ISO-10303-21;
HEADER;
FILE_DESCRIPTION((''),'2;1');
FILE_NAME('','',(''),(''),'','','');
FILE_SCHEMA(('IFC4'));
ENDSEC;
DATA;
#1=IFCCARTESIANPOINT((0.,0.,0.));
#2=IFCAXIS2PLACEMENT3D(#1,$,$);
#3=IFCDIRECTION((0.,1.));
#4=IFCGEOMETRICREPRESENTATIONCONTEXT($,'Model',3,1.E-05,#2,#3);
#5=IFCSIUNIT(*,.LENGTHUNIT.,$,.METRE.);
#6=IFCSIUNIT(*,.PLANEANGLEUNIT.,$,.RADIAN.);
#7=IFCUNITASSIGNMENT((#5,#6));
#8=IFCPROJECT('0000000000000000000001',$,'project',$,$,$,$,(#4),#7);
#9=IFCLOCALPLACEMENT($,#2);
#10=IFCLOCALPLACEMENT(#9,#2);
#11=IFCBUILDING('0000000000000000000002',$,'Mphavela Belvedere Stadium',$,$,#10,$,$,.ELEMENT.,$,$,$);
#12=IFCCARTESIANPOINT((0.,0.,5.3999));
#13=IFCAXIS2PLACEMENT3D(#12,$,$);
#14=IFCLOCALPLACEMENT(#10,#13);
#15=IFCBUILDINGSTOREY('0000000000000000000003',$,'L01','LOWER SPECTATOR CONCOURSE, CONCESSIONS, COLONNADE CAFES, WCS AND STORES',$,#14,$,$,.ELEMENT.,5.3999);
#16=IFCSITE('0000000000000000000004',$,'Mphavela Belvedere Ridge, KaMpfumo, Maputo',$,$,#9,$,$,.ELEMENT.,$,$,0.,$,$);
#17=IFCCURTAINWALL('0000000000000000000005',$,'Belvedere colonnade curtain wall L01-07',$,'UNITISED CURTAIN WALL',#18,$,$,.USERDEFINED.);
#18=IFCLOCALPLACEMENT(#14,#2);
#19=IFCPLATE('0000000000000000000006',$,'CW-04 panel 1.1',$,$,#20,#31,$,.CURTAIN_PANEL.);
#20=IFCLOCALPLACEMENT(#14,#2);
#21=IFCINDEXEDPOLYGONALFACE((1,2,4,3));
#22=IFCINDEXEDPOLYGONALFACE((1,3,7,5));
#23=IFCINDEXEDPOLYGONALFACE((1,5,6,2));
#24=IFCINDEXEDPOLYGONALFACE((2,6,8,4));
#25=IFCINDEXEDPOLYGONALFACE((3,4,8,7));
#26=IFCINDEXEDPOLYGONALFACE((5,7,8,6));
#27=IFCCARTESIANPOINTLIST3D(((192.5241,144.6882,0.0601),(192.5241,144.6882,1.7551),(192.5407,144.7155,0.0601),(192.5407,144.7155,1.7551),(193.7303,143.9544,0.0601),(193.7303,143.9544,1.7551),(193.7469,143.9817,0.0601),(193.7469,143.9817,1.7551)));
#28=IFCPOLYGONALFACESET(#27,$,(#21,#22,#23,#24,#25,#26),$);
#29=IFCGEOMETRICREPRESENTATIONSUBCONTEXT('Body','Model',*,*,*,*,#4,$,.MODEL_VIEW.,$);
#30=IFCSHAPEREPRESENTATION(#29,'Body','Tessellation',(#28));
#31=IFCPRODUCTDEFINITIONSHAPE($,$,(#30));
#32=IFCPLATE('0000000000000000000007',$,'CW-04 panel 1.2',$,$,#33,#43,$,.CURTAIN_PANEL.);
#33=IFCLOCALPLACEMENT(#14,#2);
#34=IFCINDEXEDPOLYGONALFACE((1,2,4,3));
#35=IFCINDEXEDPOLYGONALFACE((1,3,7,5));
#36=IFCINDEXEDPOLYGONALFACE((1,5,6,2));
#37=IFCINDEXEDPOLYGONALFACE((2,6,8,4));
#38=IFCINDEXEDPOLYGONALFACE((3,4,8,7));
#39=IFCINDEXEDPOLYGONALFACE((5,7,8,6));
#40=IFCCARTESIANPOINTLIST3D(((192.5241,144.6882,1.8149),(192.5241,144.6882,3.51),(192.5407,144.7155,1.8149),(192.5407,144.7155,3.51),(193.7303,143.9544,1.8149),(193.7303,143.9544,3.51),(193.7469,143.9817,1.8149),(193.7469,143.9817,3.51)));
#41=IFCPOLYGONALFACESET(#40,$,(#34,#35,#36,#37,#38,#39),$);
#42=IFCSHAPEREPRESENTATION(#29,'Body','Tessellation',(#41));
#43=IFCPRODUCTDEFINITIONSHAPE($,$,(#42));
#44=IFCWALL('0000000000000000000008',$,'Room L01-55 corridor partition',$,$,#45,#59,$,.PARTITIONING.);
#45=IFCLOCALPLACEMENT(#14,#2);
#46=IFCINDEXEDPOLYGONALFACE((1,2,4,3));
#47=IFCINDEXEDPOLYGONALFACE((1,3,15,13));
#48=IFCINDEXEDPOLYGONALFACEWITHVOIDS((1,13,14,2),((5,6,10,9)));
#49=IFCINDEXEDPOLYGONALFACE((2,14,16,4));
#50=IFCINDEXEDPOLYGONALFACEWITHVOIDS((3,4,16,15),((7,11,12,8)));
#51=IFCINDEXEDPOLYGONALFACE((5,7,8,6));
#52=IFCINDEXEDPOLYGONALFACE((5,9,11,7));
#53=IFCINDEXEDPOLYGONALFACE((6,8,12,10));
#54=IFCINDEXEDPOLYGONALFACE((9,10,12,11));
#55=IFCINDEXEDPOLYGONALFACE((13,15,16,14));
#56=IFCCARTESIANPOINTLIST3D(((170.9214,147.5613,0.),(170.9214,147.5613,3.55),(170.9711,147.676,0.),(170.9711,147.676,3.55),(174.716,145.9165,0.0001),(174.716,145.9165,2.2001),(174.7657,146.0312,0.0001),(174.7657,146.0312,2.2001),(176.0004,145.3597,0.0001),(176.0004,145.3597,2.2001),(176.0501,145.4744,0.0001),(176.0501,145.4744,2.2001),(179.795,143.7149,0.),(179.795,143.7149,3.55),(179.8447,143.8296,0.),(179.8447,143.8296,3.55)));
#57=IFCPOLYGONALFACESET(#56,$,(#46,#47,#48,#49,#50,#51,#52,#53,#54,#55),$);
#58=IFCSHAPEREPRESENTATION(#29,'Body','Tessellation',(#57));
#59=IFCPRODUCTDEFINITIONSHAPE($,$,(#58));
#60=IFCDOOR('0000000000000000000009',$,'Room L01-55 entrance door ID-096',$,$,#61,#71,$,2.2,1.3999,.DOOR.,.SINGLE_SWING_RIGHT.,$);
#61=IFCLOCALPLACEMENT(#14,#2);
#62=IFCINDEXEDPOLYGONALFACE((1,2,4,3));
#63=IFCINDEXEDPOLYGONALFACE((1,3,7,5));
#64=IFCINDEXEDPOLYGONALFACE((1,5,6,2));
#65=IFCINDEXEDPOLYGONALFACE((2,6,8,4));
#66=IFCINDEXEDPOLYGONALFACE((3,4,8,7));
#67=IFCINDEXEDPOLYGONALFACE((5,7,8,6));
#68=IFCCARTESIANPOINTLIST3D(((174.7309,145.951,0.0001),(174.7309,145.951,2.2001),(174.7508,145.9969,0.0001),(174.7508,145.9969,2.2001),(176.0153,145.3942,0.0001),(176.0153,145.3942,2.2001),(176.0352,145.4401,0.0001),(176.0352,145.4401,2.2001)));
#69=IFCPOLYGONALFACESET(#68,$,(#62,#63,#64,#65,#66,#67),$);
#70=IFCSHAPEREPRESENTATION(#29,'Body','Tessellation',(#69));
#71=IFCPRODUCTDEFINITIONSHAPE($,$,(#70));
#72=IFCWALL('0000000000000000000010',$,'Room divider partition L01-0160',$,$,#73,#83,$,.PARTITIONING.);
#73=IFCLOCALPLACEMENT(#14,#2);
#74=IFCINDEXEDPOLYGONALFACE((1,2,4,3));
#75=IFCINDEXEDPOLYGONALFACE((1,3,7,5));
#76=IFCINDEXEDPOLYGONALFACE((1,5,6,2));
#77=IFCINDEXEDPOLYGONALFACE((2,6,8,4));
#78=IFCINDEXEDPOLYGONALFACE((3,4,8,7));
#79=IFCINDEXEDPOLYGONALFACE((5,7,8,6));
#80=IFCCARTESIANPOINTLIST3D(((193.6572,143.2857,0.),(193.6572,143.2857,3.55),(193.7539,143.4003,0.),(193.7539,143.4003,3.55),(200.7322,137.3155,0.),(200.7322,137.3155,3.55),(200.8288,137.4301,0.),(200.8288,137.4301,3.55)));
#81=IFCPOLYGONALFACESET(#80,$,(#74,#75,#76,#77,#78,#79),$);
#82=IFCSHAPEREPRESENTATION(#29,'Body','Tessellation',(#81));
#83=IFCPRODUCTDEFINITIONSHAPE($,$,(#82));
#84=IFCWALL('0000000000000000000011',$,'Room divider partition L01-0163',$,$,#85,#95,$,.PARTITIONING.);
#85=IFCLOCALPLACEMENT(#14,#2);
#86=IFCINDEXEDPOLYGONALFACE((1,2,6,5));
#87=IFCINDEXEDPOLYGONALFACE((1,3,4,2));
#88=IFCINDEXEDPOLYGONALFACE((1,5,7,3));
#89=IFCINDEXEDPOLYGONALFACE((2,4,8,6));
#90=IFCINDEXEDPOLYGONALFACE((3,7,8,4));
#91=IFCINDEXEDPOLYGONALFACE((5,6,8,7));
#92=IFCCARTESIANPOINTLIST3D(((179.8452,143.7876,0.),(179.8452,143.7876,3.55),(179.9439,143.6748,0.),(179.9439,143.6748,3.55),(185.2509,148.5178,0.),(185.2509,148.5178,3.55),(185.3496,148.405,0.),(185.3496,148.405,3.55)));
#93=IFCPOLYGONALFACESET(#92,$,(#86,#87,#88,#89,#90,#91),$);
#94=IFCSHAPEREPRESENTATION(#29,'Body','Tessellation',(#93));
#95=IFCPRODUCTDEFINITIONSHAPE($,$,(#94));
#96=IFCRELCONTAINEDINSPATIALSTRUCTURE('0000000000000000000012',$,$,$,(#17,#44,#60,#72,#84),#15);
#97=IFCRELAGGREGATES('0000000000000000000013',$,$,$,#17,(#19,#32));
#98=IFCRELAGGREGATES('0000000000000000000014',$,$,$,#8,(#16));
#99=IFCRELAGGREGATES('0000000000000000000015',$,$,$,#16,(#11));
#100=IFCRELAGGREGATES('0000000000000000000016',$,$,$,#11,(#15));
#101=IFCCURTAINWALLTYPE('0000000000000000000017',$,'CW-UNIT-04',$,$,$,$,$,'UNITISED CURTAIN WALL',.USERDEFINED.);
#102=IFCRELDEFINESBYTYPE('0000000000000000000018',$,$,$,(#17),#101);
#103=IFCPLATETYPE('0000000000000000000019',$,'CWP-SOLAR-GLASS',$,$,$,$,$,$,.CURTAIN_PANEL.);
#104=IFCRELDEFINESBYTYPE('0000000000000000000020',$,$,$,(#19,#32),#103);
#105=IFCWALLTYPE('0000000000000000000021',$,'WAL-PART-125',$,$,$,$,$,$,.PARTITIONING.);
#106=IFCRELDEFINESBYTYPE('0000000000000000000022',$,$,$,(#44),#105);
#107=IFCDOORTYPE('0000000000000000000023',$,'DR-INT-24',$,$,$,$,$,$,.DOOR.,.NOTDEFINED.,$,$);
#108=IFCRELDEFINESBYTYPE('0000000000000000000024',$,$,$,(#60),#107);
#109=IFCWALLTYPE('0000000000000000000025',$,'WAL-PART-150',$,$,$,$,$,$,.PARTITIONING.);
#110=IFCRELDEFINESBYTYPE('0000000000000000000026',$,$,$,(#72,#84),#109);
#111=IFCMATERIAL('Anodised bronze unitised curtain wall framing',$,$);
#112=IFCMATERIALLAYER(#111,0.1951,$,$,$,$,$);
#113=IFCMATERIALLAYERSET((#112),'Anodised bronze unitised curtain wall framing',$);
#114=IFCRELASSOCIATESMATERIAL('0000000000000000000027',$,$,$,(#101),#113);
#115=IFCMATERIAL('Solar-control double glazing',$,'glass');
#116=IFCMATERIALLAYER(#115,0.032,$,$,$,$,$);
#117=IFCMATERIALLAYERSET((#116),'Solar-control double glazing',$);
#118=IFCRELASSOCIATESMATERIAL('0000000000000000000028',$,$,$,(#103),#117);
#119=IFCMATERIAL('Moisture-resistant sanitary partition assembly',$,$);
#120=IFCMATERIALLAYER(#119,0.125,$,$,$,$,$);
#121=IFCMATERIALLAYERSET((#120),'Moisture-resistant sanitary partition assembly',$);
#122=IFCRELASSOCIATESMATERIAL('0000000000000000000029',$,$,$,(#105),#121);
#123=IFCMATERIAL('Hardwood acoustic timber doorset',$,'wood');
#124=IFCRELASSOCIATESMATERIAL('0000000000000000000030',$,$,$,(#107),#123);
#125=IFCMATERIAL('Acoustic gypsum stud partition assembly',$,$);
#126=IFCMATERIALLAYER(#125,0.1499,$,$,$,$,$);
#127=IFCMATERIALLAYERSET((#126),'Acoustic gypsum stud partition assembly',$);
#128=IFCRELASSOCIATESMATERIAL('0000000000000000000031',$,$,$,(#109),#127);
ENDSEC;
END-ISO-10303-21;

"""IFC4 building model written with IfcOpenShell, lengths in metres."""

from ifc_helpers import new_model, si_unit, direction, frame, frame_2d, origin, origin_2d, place, context, subcontext, project, spatial, rectangle, extrude, material, layer, layer_set, type_object, element, fill, aggregate, save


model = new_model("IFC4")

# Units and contexts
model_context = context("Model", 3, precision=1e-05, world=origin(), true_north=direction((0.0, 1.0)))
body_context = subcontext(model_context, "Body", "Model", "MODEL_VIEW")
ifc_project = project(units=[si_unit("LENGTHUNIT", "METRE"), si_unit("PLANEANGLEUNIT", "RADIAN")], contexts=[model_context])

# Site, building, storey
site_placement = place(None, origin())
site = spatial("IfcSite", under=ifc_project, at=site_placement, Name="Mphavela Belvedere Ridge, KaMpfumo, Maputo", CompositionType="ELEMENT", RefElevation=0.0)
building_placement = place(site_placement, origin())
building = spatial("IfcBuilding", under=site, at=building_placement, Name="Mphavela Belvedere Stadium", CompositionType="ELEMENT")
storey_placement = place(building_placement, frame((0.0, 0.0, 5.3999)))
storey = spatial("IfcBuildingStorey", under=building, at=storey_placement, Name="L01", Description="LOWER SPECTATOR CONCOURSE, CONCESSIONS, COLONNADE CAFES, WCS AND STORES", CompositionType="ELEMENT", Elevation=5.3999)

# Curtain wall
ifc_material_1 = material(Name="Anodised bronze unitised curtain wall framing")
ifc_layer_1 = layer(ifc_material_1, 0.1951)
ifc_layer_set_1 = layer_set([ifc_layer_1], Name="Anodised bronze unitised curtain wall framing")
curtain_wall_type_1 = type_object("IfcCurtainWallType", Name="CW-UNIT-04", ElementType="UNITISED CURTAIN WALL", PredefinedType="USERDEFINED", material=ifc_layer_set_1)
curtain_wall_1_placement = place(storey_placement, origin())
curtain_wall_1 = element("IfcCurtainWall", 1, at=curtain_wall_1_placement, inside=storey, type_object=curtain_wall_type_1, Name="Belvedere colonnade curtain wall L01-07", ObjectType="UNITISED CURTAIN WALL", PredefinedType="USERDEFINED")

# Plates
ifc_material_2 = material(Name="Solar-control double glazing", Category="glass")
ifc_layer_2 = layer(ifc_material_2, 0.032)
ifc_layer_set_2 = layer_set([ifc_layer_2], Name="Solar-control double glazing")
plate_type = type_object("IfcPlateType", Name="CWP-SOLAR-GLASS", PredefinedType="CURTAIN_PANEL", material=ifc_layer_set_2)
plate_1_placement = place(storey_placement, frame((193.1355, 144.335, 0.0601), z_axis=(0.0, 0.0, 1.0), x_axis=(-0.854328, 0.519735, 0.0)))
plate_1 = element("IfcPlate", 2, at=plate_1_placement, type_object=plate_type, Name="CW-04 panel 1.1", PredefinedType="CURTAIN_PANEL", context=body_context, shape_type="SweptSolid", body=[
    extrude(rectangle(XDim=1.4119, YDim=0.032, at=origin_2d()), origin(), (0.0, 0.0, 1.0), 1.6951),
])
plate_2_placement = place(storey_placement, frame((193.1355, 144.335, 1.8149), z_axis=(0.0, 0.0, 1.0), x_axis=(-0.854328, 0.519735, 0.0)))
plate_2 = element("IfcPlate", 3, at=plate_2_placement, type_object=plate_type, Name="CW-04 panel 1.2", PredefinedType="CURTAIN_PANEL", context=body_context, shape_type="SweptSolid", body=[
    extrude(rectangle(XDim=1.4119, YDim=0.032, at=origin_2d()), origin(), (0.0, 0.0, 1.0), 1.6951),
])
aggregate(curtain_wall_1, [plate_1, plate_2])

# Wall, opening, door
ifc_material_3 = material(Name="Moisture-resistant sanitary partition assembly")
ifc_layer_3 = layer(ifc_material_3, 0.125)
ifc_layer_set_3 = layer_set([ifc_layer_3], Name="Moisture-resistant sanitary partition assembly")
wall_type_1 = type_object("IfcWallType", Name="WAL-PART-125", PredefinedType="PARTITIONING", material=ifc_layer_set_3)
wall_1_placement = place(storey_placement, frame((179.8198, 143.7722, 0.0), z_axis=(0.0, 0.0, 1.0), x_axis=(-0.917509, 0.397715, 0.0)))
wall_1 = element("IfcWall", 4, at=wall_1_placement, inside=storey, type_object=wall_type_1, Name="Room L01-55 corridor partition", PredefinedType="PARTITIONING", context=body_context, shape_type="SweptSolid", body=[
    extrude(rectangle(XDim=9.6714, YDim=0.125, at=frame_2d((4.8357, 0.0))), origin(), (0.0, 0.0, 1.0), 3.55),
])
opening_placement = place(wall_1_placement, frame((4.1357, 0.0, 0.0)))
opening = element("IfcOpeningElement", 5, at=opening_placement, cuts=wall_1, PredefinedType="OPENING", context=body_context, shape_type="SweptSolid", body=[
    extrude(rectangle(XDim=1.3999, YDim=2.2, at=frame_2d((0.7, 1.1001))), frame((0.0, 0.0725, 0.0), z_axis=(0.0, -1.0, 0.0), x_axis=(1.0, 0.0, 0.0)), (0.0, 0.0, 1.0), 0.145),
])
ifc_material_4 = material(Name="Hardwood acoustic timber doorset", Category="wood")
door_type = type_object("IfcDoorType", Name="DR-INT-24", OperationType="NOTDEFINED", PredefinedType="DOOR", material=ifc_material_4)
door_placement = place(opening_placement, origin())
door = element("IfcDoor", 6, at=door_placement, inside=storey, type_object=door_type, Name="Room L01-55 entrance door ID-096", OperationType="SINGLE_SWING_RIGHT", OverallHeight=2.2, OverallWidth=1.3999, PredefinedType="DOOR", context=body_context, shape_type="SweptSolid", body=[
    extrude(rectangle(XDim=1.3999, YDim=2.2, at=frame_2d((0.7, 1.1001))), frame((0.0, 0.0249, 0.0), z_axis=(0.0, -1.0, 0.0), x_axis=(1.0, 0.0, 0.0)), (0.0, 0.0, 1.0), 0.05),
])
fill(opening, door)

# Walls
ifc_material_5 = material(Name="Acoustic gypsum stud partition assembly")
ifc_layer_4 = layer(ifc_material_5, 0.1499)
ifc_layer_set_4 = layer_set([ifc_layer_4], Name="Acoustic gypsum stud partition assembly")
wall_type_2 = type_object("IfcWallType", Name="WAL-PART-150", PredefinedType="PARTITIONING", material=ifc_layer_set_4)
wall_2_placement = place(storey_placement, frame((193.7056, 143.343, 0.0), z_axis=(0.0, 0.0, 1.0), x_axis=(0.764253, -0.644917, 0.0)))
element("IfcWall", 7, at=wall_2_placement, inside=storey, type_object=wall_type_2, Name="Room divider partition L01-0160", PredefinedType="PARTITIONING", context=body_context, shape_type="SweptSolid", body=[
    extrude(rectangle(XDim=9.2573, YDim=0.1499, at=frame_2d((4.6287, 0.0))), origin(), (0.0, 0.0, 1.0), 3.55),
])
wall_3_placement = place(storey_placement, frame((179.8945, 143.7312, 0.0), z_axis=(0.0, 0.0, 1.0), x_axis=(0.752564, 0.658519, 0.0)))
element("IfcWall", 8, at=wall_3_placement, inside=storey, type_object=wall_type_2, Name="Room divider partition L01-0163", PredefinedType="PARTITIONING", context=body_context, shape_type="SweptSolid", body=[
    extrude(rectangle(XDim=7.1831, YDim=0.1499, at=frame_2d((3.5916, 0.0))), origin(), (0.0, 0.0, 1.0), 3.55),
])

save(model, "model.ifc")
